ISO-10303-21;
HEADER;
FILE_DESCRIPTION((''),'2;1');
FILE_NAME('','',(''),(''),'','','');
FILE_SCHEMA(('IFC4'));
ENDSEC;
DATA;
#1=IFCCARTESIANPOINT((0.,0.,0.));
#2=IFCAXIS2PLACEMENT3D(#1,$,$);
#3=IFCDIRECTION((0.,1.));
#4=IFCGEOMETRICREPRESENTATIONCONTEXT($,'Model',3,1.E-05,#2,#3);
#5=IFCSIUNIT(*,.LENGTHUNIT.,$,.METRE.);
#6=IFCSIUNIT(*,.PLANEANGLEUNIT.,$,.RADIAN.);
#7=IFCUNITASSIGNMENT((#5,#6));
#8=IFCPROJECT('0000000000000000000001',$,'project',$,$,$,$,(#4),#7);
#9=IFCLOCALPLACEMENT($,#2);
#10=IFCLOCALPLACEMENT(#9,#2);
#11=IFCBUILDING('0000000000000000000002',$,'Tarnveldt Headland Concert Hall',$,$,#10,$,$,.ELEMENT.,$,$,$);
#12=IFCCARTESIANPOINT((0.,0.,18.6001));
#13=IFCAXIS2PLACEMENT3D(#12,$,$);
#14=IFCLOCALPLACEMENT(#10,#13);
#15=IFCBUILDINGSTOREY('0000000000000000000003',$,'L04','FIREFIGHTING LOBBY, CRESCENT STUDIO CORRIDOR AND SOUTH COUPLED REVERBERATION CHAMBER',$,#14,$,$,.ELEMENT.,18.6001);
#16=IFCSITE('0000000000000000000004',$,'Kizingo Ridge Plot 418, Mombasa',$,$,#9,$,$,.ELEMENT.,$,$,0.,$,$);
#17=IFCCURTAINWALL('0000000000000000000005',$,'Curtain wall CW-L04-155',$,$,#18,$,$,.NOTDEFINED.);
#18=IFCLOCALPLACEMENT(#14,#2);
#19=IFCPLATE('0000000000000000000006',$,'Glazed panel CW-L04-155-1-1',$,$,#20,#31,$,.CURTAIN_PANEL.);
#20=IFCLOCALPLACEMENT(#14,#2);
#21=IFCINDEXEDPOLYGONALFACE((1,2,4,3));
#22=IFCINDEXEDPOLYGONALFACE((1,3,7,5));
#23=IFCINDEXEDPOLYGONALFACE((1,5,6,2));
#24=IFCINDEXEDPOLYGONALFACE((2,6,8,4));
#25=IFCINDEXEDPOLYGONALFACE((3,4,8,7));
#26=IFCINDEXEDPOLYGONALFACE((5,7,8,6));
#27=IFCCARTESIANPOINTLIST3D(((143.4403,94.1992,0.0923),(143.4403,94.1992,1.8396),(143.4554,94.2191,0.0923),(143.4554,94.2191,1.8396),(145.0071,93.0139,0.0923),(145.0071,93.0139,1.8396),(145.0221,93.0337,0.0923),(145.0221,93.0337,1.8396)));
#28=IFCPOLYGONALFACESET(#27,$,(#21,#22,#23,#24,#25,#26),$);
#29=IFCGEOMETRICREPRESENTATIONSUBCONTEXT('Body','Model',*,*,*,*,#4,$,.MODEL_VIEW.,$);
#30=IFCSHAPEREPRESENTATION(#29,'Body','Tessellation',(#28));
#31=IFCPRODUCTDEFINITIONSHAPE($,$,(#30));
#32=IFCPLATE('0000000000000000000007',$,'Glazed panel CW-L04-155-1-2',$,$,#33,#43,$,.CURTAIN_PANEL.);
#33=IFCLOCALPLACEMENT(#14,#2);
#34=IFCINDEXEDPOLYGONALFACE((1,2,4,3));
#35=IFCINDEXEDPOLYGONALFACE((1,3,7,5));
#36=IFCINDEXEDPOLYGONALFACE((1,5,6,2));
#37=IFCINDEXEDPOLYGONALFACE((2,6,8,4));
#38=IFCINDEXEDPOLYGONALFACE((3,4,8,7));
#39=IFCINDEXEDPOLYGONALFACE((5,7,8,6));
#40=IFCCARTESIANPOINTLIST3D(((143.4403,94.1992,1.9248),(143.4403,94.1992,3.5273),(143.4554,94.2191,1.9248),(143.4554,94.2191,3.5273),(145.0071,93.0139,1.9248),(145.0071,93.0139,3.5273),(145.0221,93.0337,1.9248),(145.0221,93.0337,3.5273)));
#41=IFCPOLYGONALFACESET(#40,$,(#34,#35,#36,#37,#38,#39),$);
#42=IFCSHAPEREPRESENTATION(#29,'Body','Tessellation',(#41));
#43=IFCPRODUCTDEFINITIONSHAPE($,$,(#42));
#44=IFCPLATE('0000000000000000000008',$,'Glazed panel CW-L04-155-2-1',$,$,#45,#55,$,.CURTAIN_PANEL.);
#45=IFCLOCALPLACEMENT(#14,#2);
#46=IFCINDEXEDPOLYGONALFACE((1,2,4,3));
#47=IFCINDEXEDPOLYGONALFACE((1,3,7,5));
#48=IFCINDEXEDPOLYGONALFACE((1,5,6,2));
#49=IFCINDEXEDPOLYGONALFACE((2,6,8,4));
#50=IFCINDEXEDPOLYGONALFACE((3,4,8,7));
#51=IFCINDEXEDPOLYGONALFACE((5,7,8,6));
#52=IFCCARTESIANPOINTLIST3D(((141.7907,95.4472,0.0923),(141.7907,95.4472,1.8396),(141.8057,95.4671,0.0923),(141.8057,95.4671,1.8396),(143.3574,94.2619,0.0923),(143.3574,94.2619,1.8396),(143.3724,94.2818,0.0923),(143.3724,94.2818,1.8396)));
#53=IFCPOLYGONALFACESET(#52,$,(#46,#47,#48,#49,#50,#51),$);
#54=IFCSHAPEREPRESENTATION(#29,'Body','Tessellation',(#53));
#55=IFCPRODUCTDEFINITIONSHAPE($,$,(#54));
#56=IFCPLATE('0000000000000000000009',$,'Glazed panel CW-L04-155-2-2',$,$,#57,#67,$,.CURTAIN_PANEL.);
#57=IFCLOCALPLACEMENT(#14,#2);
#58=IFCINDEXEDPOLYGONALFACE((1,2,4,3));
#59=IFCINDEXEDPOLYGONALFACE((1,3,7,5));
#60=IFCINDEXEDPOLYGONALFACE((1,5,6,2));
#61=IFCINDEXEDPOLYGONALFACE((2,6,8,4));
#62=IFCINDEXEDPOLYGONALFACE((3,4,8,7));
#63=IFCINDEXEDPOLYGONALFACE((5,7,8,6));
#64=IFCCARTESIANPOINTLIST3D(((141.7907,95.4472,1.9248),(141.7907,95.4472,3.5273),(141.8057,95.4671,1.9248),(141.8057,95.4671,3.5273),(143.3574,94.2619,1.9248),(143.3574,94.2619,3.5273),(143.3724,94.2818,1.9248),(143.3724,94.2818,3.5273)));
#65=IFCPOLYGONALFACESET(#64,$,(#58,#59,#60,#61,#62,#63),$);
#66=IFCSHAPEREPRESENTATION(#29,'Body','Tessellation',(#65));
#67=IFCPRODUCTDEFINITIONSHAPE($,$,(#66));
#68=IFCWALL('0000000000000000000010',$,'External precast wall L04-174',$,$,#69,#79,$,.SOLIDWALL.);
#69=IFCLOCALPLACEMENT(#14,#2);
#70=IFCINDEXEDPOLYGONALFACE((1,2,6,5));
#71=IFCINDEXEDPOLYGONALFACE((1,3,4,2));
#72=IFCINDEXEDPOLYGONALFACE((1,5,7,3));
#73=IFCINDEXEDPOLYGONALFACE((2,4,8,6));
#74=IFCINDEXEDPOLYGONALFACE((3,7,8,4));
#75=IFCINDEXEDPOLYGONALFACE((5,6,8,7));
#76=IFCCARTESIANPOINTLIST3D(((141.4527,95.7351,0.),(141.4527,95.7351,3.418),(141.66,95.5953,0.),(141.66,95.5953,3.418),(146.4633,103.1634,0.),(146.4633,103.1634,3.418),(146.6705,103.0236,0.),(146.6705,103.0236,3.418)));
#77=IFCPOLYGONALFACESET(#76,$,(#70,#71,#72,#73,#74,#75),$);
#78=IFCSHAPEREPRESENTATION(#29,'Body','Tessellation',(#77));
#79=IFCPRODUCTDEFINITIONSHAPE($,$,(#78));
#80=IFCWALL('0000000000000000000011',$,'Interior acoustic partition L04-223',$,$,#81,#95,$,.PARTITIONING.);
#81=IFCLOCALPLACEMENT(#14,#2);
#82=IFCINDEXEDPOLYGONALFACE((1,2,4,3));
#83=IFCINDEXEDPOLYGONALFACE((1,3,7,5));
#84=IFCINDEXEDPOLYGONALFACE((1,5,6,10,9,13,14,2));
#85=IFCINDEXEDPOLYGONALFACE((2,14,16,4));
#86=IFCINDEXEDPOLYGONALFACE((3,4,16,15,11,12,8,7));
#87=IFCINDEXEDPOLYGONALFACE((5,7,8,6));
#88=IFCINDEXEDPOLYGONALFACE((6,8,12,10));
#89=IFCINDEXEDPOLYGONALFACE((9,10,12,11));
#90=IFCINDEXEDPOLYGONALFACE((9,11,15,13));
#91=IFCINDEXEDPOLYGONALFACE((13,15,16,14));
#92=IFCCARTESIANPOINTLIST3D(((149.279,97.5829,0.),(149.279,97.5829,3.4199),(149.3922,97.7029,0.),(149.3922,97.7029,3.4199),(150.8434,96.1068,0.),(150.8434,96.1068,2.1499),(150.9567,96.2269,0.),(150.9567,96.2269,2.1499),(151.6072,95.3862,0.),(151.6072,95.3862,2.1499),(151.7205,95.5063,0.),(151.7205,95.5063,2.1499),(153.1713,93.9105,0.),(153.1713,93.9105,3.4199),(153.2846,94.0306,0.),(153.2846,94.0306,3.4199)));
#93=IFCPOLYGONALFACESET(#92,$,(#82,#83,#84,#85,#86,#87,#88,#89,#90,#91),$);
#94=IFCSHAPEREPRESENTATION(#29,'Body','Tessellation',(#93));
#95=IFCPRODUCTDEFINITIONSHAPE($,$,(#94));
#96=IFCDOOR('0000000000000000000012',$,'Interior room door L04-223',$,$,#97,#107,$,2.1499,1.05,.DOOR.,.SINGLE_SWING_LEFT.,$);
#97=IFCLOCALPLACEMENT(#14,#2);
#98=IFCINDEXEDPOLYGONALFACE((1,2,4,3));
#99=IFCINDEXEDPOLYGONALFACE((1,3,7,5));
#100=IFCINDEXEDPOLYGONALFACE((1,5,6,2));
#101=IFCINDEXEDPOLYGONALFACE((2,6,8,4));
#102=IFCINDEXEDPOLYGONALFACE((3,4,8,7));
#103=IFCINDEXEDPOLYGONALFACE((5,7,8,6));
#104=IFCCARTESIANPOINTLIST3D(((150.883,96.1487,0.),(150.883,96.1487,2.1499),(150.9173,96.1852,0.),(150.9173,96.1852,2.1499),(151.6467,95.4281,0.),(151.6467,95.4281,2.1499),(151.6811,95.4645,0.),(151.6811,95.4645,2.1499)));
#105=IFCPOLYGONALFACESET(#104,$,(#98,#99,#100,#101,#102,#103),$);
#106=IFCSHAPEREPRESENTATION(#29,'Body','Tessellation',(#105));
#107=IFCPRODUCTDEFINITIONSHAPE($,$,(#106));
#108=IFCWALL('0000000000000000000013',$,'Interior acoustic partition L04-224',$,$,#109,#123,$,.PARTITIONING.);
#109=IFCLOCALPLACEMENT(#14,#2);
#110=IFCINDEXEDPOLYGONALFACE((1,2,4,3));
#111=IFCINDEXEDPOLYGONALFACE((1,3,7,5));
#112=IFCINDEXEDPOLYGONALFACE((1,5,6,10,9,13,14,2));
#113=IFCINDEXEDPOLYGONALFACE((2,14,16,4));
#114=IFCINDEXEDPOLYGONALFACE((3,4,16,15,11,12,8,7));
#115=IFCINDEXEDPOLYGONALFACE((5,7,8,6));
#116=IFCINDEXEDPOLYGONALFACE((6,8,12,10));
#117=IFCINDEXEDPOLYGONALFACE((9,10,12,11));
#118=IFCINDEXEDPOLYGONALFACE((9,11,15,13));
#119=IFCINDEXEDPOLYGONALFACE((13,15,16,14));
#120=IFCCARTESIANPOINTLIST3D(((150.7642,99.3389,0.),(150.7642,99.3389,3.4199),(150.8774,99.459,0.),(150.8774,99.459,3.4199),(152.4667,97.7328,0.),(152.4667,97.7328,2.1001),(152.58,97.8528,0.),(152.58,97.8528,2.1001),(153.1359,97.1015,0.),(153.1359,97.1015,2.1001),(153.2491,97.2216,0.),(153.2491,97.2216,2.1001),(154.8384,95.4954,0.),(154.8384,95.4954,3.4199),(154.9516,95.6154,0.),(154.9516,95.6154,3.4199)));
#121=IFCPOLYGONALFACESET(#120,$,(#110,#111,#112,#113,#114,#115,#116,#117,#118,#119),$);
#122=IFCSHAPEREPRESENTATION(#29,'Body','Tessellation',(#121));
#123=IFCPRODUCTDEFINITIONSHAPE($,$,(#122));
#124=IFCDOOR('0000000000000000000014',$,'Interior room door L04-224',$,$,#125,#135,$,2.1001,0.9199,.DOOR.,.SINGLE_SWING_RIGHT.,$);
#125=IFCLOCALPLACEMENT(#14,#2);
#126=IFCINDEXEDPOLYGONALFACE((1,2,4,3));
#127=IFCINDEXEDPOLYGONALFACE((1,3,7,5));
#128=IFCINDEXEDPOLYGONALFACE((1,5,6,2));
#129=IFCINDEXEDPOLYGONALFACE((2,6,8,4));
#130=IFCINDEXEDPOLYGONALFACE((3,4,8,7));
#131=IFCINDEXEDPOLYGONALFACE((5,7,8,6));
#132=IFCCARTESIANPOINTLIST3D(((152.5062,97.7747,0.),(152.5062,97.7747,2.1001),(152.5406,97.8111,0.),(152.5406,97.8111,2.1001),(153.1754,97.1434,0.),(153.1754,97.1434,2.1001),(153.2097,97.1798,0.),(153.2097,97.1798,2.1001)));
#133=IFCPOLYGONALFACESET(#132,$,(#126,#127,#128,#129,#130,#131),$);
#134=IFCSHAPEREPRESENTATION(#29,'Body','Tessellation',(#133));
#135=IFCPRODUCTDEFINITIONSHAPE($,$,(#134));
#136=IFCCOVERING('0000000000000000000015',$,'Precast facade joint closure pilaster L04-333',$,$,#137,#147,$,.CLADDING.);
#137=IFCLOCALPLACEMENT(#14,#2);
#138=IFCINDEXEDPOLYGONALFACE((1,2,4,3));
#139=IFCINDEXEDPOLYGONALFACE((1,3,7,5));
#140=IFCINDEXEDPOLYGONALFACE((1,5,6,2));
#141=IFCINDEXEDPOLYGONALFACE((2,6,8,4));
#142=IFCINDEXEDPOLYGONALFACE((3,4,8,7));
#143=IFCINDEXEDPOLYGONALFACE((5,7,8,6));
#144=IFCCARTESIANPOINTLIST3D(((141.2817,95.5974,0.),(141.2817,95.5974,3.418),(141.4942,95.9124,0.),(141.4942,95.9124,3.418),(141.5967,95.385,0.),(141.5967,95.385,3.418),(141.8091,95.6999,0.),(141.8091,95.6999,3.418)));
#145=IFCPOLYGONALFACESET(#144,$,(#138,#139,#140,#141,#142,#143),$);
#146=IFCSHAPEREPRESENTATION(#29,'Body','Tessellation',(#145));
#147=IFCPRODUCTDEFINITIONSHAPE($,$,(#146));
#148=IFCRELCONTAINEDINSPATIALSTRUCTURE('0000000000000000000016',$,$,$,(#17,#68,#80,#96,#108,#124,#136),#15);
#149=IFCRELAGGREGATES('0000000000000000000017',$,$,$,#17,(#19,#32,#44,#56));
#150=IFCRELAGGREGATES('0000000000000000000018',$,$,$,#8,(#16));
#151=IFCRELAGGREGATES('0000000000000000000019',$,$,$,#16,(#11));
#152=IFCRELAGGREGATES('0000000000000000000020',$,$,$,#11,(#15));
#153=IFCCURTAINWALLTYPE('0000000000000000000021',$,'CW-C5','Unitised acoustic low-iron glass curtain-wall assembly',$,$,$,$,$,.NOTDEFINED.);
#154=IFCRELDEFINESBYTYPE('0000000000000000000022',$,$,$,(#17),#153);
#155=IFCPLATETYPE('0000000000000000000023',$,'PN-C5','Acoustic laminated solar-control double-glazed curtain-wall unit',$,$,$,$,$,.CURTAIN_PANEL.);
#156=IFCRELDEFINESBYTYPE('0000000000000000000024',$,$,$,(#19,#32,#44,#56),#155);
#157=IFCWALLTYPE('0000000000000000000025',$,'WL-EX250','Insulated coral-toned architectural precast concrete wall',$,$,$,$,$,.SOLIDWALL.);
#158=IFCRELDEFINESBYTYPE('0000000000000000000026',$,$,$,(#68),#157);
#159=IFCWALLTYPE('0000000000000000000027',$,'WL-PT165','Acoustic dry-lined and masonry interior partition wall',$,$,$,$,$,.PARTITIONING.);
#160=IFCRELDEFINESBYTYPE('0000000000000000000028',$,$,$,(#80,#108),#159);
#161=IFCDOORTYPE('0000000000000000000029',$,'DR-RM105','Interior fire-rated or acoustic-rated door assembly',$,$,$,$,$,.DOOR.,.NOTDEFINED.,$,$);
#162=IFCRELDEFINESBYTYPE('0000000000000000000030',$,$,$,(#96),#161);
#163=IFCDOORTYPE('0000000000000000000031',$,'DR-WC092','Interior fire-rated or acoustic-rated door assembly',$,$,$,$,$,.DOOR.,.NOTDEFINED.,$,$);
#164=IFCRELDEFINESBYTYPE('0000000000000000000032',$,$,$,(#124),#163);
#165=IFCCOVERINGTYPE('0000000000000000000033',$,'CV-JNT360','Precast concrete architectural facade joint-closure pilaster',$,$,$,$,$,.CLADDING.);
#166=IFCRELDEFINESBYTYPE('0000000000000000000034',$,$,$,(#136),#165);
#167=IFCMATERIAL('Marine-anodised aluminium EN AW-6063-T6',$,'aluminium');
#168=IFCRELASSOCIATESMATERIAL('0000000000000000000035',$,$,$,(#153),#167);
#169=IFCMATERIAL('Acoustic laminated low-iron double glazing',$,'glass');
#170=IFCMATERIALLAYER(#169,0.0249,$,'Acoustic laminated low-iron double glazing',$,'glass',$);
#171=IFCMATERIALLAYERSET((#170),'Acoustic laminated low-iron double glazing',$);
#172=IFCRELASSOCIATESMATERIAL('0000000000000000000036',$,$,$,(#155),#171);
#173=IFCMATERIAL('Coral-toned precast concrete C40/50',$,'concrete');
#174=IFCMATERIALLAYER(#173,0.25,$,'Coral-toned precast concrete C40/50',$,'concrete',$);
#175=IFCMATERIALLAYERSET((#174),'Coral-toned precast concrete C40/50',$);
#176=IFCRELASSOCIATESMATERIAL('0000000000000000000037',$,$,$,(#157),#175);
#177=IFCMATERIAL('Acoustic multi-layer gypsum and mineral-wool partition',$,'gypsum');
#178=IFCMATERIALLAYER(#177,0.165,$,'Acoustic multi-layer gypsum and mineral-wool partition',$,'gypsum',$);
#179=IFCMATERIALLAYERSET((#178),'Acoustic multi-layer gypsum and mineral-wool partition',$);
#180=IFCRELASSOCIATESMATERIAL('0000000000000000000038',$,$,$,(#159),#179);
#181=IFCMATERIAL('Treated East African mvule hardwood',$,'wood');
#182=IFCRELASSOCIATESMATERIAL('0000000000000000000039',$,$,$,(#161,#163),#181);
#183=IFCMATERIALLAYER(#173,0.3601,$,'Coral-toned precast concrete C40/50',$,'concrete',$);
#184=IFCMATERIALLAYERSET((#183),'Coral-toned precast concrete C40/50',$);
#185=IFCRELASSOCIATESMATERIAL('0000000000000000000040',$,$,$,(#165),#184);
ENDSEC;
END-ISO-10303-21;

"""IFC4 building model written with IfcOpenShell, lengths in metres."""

from ifc_helpers import new_model, si_unit, direction, frame, frame_2d, origin, origin_2d, place, context, subcontext, project, spatial, rectangle, extrude, material, layer, layer_set, type_object, element, fill, aggregate, save


model = new_model("IFC4")

# Units and contexts
model_context = context("Model", 3, precision=1e-05, world=origin(), true_north=direction((0.0, 1.0)))
body_context = subcontext(model_context, "Body", "Model", "MODEL_VIEW")
ifc_project = project(units=[si_unit("LENGTHUNIT", "METRE"), si_unit("PLANEANGLEUNIT", "RADIAN")], contexts=[model_context])

# Site, building, storey
site_placement = place(None, origin())
site = spatial("IfcSite", under=ifc_project, at=site_placement, Name="Kizingo Ridge Plot 418, Mombasa", CompositionType="ELEMENT", RefElevation=0.0)
building_placement = place(site_placement, origin())
building = spatial("IfcBuilding", under=site, at=building_placement, Name="Tarnveldt Headland Concert Hall", CompositionType="ELEMENT")
storey_placement = place(building_placement, frame((0.0, 0.0, 18.6001)))
storey = spatial("IfcBuildingStorey", under=building, at=storey_placement, Name="L04", Description="FIREFIGHTING LOBBY, CRESCENT STUDIO CORRIDOR AND SOUTH COUPLED REVERBERATION CHAMBER", CompositionType="ELEMENT", Elevation=18.6001)

# Curtain wall
ifc_material_1 = material(Name="Marine-anodised aluminium EN AW-6063-T6", Category="aluminium")
curtain_wall_type = type_object("IfcCurtainWallType", Name="CW-C5", Description="Unitised acoustic low-iron glass curtain-wall assembly", PredefinedType="NOTDEFINED", material=ifc_material_1)
curtain_wall_placement = place(storey_placement, origin())
curtain_wall = element("IfcCurtainWall", 1, at=curtain_wall_placement, inside=storey, type_object=curtain_wall_type, Name="Curtain wall CW-L04-155", PredefinedType="NOTDEFINED")

# Plates
ifc_material_2 = material(Name="Acoustic laminated low-iron double glazing", Category="glass")
ifc_layer_1 = layer(ifc_material_2, 0.0249, Name="Acoustic laminated low-iron double glazing", Category="glass")
ifc_layer_set_1 = layer_set([ifc_layer_1], Name="Acoustic laminated low-iron double glazing")
plate_type = type_object("IfcPlateType", Name="PN-C5", Description="Acoustic laminated solar-control double-glazed curtain-wall unit", PredefinedType="CURTAIN_PANEL", material=ifc_layer_set_1)
plate_1_placement = place(storey_placement, frame((144.2312, 93.6165, 0.0923), z_axis=(0.0, 0.0, 1.0), x_axis=(-0.797479, 0.603347, 0.0)))
plate_1 = element("IfcPlate", 2, at=plate_1_placement, type_object=plate_type, Name="Glazed panel CW-L04-155-1-1", PredefinedType="CURTAIN_PANEL", context=body_context, shape_type="SweptSolid", body=[
    extrude(rectangle(XDim=1.9646, YDim=0.0249, at=origin_2d()), origin(), (0.0, 0.0, 1.0), 1.7473),
])
plate_2_placement = place(storey_placement, frame((144.2312, 93.6165, 1.9248), z_axis=(0.0, 0.0, 1.0), x_axis=(-0.797479, 0.603347, 0.0)))
plate_2 = element("IfcPlate", 3, at=plate_2_placement, type_object=plate_type, Name="Glazed panel CW-L04-155-1-2", PredefinedType="CURTAIN_PANEL", context=body_context, shape_type="SweptSolid", body=[
    extrude(rectangle(XDim=1.9646, YDim=0.0249, at=origin_2d()), origin(), (0.0, 0.0, 1.0), 1.6025),
])
plate_3_placement = place(storey_placement, frame((142.5815, 94.8645, 0.0923), z_axis=(0.0, 0.0, 1.0), x_axis=(-0.797479, 0.603347, 0.0)))
plate_3 = element("IfcPlate", 4, at=plate_3_placement, type_object=plate_type, Name="Glazed panel CW-L04-155-2-1", PredefinedType="CURTAIN_PANEL", context=body_context, shape_type="SweptSolid", body=[
    extrude(rectangle(XDim=1.9646, YDim=0.0249, at=origin_2d()), origin(), (0.0, 0.0, 1.0), 1.7473),
])
plate_4_placement = place(storey_placement, frame((142.5815, 94.8645, 1.9248), z_axis=(0.0, 0.0, 1.0), x_axis=(-0.797479, 0.603347, 0.0)))
plate_4 = element("IfcPlate", 5, at=plate_4_placement, type_object=plate_type, Name="Glazed panel CW-L04-155-2-2", PredefinedType="CURTAIN_PANEL", context=body_context, shape_type="SweptSolid", body=[
    extrude(rectangle(XDim=1.9646, YDim=0.0249, at=origin_2d()), origin(), (0.0, 0.0, 1.0), 1.6025),
])
aggregate(curtain_wall, [plate_1, plate_2, plate_3, plate_4])

# Wall
ifc_material_3 = material(Name="Coral-toned precast concrete C40/50", Category="concrete")
ifc_layer_2 = layer(ifc_material_3, 0.25, Name="Coral-toned precast concrete C40/50", Category="concrete")
ifc_layer_set_2 = layer_set([ifc_layer_2], Name="Coral-toned precast concrete C40/50")
wall_type_1 = type_object("IfcWallType", Name="WL-EX250", Description="Insulated coral-toned architectural precast concrete wall", PredefinedType="SOLIDWALL", material=ifc_layer_set_2)
wall_1_placement = place(storey_placement, frame((141.5564, 95.6653, 0.0), z_axis=(0.0, 0.0, 1.0), x_axis=(0.5592, 0.829032, 0.0)))
element("IfcWall", 6, at=wall_1_placement, inside=storey, type_object=wall_type_1, Name="External precast wall L04-174", PredefinedType="SOLIDWALL", context=body_context, shape_type="SweptSolid", body=[
    extrude(rectangle(XDim=8.9602, YDim=0.25, at=frame_2d((4.48, 0.0))), origin(), (0.0, 0.0, 1.0), 3.418),
])

# Walls, openings, doors
ifc_material_4 = material(Name="Acoustic multi-layer gypsum and mineral-wool partition", Category="gypsum")
ifc_layer_3 = layer(ifc_material_4, 0.165, Name="Acoustic multi-layer gypsum and mineral-wool partition", Category="gypsum")
ifc_layer_set_3 = layer_set([ifc_layer_3], Name="Acoustic multi-layer gypsum and mineral-wool partition")
wall_type_2 = type_object("IfcWallType", Name="WL-PT165", Description="Acoustic dry-lined and masonry interior partition wall", PredefinedType="PARTITIONING", material=ifc_layer_set_3)
wall_2_placement = place(storey_placement, frame((153.228, 93.9705, 0.0), z_axis=(0.0, 0.0, 1.0), x_axis=(-0.727361, 0.686255, 0.0)))
wall_2 = element("IfcWall", 7, at=wall_2_placement, inside=storey, type_object=wall_type_2, Name="Interior acoustic partition L04-223", PredefinedType="PARTITIONING", context=body_context, shape_type="SweptSolid", body=[
    extrude(rectangle(XDim=5.3513, YDim=0.165, at=frame_2d((2.6758, 0.0))), origin(), (0.0, 0.0, 1.0), 3.4199),
])
opening_1_placement = place(wall_2_placement, frame((2.1506, 0.0, 0.0)))
opening_1 = element("IfcOpeningElement", 8, at=opening_1_placement, cuts=wall_2, PredefinedType="OPENING", context=body_context, shape_type="SweptSolid", body=[
    extrude(rectangle(XDim=1.05, YDim=2.1499, at=frame_2d((0.5249, 1.075))), frame((0.0, 0.0925, 0.0), z_axis=(0.0, -1.0, 0.0), x_axis=(1.0, 0.0, 0.0)), (0.0, 0.0, 1.0), 0.1851),
])
ifc_material_5 = material(Name="Treated East African mvule hardwood", Category="wood")
door_type_1 = type_object("IfcDoorType", Name="DR-RM105", Description="Interior fire-rated or acoustic-rated door assembly", OperationType="NOTDEFINED", PredefinedType="DOOR", material=ifc_material_5)
door_1_placement = place(opening_1_placement, origin())
door_1 = element("IfcDoor", 9, at=door_1_placement, inside=storey, type_object=door_type_1, Name="Interior room door L04-223", OperationType="SINGLE_SWING_LEFT", OverallHeight=2.1499, OverallWidth=1.05, PredefinedType="DOOR", context=body_context, shape_type="SweptSolid", body=[
    extrude(rectangle(XDim=1.05, YDim=2.1499, at=frame_2d((0.5249, 1.075))), frame((0.0, 0.0249, 0.0), z_axis=(0.0, -1.0, 0.0), x_axis=(1.0, 0.0, 0.0)), (0.0, 0.0, 1.0), 0.05),
])
fill(opening_1, door_1)
wall_3_placement = place(storey_placement, frame((154.895, 95.5554, 0.0), z_axis=(0.0, 0.0, 1.0), x_axis=(-0.727402, 0.686211, 0.0)))
wall_3 = element("IfcWall", 10, at=wall_3_placement, inside=storey, type_object=wall_type_2, Name="Interior acoustic partition L04-224", PredefinedType="PARTITIONING", context=body_context, shape_type="SweptSolid", body=[
    extrude(rectangle(XDim=5.6011, YDim=0.165, at=frame_2d((2.8005, 0.0))), origin(), (0.0, 0.0, 1.0), 3.4199),
])
opening_2_placement = place(wall_3_placement, frame((2.3406, 0.0, 0.0)))
opening_2 = element("IfcOpeningElement", 11, at=opening_2_placement, cuts=wall_3, PredefinedType="OPENING", context=body_context, shape_type="SweptSolid", body=[
    extrude(rectangle(XDim=0.9199, YDim=2.1001, at=frame_2d((0.46, 1.05))), frame((0.0, 0.0925, 0.0), z_axis=(0.0, -1.0, 0.0), x_axis=(1.0, 0.0, 0.0)), (0.0, 0.0, 1.0), 0.1851),
])
door_type_2 = type_object("IfcDoorType", Name="DR-WC092", Description="Interior fire-rated or acoustic-rated door assembly", OperationType="NOTDEFINED", PredefinedType="DOOR", material=ifc_material_5)
door_2_placement = place(opening_2_placement, origin())
door_2 = element("IfcDoor", 12, at=door_2_placement, inside=storey, type_object=door_type_2, Name="Interior room door L04-224", OperationType="SINGLE_SWING_RIGHT", OverallHeight=2.1001, OverallWidth=0.9199, PredefinedType="DOOR", context=body_context, shape_type="SweptSolid", body=[
    extrude(rectangle(XDim=0.9199, YDim=2.1001, at=frame_2d((0.46, 1.05))), frame((0.0, 0.0249, 0.0), z_axis=(0.0, -1.0, 0.0), x_axis=(1.0, 0.0, 0.0)), (0.0, 0.0, 1.0), 0.05),
])
fill(opening_2, door_2)

# Covering
ifc_layer_4 = layer(ifc_material_3, 0.3601, Name="Coral-toned precast concrete C40/50", Category="concrete")
ifc_layer_set_4 = layer_set([ifc_layer_4], Name="Coral-toned precast concrete C40/50")
covering_type = type_object("IfcCoveringType", Name="CV-JNT360", Description="Precast concrete architectural facade joint-closure pilaster", PredefinedType="CLADDING", material=ifc_layer_set_4)
covering_placement = place(storey_placement, frame((141.5454, 95.6487, 0.0), z_axis=(0.0, 0.0, 1.0), x_axis=(0.559193, 0.829038, 0.0)))
element("IfcCovering", 13, at=covering_placement, inside=storey, type_object=covering_type, Name="Precast facade joint closure pilaster L04-333", PredefinedType="CLADDING", context=body_context, shape_type="SweptSolid", body=[
    extrude(rectangle(XDim=0.3799, YDim=0.3799, at=origin_2d()), origin(), (0.0, 0.0, 1.0), 3.418),
])

save(model, "model.ifc")
